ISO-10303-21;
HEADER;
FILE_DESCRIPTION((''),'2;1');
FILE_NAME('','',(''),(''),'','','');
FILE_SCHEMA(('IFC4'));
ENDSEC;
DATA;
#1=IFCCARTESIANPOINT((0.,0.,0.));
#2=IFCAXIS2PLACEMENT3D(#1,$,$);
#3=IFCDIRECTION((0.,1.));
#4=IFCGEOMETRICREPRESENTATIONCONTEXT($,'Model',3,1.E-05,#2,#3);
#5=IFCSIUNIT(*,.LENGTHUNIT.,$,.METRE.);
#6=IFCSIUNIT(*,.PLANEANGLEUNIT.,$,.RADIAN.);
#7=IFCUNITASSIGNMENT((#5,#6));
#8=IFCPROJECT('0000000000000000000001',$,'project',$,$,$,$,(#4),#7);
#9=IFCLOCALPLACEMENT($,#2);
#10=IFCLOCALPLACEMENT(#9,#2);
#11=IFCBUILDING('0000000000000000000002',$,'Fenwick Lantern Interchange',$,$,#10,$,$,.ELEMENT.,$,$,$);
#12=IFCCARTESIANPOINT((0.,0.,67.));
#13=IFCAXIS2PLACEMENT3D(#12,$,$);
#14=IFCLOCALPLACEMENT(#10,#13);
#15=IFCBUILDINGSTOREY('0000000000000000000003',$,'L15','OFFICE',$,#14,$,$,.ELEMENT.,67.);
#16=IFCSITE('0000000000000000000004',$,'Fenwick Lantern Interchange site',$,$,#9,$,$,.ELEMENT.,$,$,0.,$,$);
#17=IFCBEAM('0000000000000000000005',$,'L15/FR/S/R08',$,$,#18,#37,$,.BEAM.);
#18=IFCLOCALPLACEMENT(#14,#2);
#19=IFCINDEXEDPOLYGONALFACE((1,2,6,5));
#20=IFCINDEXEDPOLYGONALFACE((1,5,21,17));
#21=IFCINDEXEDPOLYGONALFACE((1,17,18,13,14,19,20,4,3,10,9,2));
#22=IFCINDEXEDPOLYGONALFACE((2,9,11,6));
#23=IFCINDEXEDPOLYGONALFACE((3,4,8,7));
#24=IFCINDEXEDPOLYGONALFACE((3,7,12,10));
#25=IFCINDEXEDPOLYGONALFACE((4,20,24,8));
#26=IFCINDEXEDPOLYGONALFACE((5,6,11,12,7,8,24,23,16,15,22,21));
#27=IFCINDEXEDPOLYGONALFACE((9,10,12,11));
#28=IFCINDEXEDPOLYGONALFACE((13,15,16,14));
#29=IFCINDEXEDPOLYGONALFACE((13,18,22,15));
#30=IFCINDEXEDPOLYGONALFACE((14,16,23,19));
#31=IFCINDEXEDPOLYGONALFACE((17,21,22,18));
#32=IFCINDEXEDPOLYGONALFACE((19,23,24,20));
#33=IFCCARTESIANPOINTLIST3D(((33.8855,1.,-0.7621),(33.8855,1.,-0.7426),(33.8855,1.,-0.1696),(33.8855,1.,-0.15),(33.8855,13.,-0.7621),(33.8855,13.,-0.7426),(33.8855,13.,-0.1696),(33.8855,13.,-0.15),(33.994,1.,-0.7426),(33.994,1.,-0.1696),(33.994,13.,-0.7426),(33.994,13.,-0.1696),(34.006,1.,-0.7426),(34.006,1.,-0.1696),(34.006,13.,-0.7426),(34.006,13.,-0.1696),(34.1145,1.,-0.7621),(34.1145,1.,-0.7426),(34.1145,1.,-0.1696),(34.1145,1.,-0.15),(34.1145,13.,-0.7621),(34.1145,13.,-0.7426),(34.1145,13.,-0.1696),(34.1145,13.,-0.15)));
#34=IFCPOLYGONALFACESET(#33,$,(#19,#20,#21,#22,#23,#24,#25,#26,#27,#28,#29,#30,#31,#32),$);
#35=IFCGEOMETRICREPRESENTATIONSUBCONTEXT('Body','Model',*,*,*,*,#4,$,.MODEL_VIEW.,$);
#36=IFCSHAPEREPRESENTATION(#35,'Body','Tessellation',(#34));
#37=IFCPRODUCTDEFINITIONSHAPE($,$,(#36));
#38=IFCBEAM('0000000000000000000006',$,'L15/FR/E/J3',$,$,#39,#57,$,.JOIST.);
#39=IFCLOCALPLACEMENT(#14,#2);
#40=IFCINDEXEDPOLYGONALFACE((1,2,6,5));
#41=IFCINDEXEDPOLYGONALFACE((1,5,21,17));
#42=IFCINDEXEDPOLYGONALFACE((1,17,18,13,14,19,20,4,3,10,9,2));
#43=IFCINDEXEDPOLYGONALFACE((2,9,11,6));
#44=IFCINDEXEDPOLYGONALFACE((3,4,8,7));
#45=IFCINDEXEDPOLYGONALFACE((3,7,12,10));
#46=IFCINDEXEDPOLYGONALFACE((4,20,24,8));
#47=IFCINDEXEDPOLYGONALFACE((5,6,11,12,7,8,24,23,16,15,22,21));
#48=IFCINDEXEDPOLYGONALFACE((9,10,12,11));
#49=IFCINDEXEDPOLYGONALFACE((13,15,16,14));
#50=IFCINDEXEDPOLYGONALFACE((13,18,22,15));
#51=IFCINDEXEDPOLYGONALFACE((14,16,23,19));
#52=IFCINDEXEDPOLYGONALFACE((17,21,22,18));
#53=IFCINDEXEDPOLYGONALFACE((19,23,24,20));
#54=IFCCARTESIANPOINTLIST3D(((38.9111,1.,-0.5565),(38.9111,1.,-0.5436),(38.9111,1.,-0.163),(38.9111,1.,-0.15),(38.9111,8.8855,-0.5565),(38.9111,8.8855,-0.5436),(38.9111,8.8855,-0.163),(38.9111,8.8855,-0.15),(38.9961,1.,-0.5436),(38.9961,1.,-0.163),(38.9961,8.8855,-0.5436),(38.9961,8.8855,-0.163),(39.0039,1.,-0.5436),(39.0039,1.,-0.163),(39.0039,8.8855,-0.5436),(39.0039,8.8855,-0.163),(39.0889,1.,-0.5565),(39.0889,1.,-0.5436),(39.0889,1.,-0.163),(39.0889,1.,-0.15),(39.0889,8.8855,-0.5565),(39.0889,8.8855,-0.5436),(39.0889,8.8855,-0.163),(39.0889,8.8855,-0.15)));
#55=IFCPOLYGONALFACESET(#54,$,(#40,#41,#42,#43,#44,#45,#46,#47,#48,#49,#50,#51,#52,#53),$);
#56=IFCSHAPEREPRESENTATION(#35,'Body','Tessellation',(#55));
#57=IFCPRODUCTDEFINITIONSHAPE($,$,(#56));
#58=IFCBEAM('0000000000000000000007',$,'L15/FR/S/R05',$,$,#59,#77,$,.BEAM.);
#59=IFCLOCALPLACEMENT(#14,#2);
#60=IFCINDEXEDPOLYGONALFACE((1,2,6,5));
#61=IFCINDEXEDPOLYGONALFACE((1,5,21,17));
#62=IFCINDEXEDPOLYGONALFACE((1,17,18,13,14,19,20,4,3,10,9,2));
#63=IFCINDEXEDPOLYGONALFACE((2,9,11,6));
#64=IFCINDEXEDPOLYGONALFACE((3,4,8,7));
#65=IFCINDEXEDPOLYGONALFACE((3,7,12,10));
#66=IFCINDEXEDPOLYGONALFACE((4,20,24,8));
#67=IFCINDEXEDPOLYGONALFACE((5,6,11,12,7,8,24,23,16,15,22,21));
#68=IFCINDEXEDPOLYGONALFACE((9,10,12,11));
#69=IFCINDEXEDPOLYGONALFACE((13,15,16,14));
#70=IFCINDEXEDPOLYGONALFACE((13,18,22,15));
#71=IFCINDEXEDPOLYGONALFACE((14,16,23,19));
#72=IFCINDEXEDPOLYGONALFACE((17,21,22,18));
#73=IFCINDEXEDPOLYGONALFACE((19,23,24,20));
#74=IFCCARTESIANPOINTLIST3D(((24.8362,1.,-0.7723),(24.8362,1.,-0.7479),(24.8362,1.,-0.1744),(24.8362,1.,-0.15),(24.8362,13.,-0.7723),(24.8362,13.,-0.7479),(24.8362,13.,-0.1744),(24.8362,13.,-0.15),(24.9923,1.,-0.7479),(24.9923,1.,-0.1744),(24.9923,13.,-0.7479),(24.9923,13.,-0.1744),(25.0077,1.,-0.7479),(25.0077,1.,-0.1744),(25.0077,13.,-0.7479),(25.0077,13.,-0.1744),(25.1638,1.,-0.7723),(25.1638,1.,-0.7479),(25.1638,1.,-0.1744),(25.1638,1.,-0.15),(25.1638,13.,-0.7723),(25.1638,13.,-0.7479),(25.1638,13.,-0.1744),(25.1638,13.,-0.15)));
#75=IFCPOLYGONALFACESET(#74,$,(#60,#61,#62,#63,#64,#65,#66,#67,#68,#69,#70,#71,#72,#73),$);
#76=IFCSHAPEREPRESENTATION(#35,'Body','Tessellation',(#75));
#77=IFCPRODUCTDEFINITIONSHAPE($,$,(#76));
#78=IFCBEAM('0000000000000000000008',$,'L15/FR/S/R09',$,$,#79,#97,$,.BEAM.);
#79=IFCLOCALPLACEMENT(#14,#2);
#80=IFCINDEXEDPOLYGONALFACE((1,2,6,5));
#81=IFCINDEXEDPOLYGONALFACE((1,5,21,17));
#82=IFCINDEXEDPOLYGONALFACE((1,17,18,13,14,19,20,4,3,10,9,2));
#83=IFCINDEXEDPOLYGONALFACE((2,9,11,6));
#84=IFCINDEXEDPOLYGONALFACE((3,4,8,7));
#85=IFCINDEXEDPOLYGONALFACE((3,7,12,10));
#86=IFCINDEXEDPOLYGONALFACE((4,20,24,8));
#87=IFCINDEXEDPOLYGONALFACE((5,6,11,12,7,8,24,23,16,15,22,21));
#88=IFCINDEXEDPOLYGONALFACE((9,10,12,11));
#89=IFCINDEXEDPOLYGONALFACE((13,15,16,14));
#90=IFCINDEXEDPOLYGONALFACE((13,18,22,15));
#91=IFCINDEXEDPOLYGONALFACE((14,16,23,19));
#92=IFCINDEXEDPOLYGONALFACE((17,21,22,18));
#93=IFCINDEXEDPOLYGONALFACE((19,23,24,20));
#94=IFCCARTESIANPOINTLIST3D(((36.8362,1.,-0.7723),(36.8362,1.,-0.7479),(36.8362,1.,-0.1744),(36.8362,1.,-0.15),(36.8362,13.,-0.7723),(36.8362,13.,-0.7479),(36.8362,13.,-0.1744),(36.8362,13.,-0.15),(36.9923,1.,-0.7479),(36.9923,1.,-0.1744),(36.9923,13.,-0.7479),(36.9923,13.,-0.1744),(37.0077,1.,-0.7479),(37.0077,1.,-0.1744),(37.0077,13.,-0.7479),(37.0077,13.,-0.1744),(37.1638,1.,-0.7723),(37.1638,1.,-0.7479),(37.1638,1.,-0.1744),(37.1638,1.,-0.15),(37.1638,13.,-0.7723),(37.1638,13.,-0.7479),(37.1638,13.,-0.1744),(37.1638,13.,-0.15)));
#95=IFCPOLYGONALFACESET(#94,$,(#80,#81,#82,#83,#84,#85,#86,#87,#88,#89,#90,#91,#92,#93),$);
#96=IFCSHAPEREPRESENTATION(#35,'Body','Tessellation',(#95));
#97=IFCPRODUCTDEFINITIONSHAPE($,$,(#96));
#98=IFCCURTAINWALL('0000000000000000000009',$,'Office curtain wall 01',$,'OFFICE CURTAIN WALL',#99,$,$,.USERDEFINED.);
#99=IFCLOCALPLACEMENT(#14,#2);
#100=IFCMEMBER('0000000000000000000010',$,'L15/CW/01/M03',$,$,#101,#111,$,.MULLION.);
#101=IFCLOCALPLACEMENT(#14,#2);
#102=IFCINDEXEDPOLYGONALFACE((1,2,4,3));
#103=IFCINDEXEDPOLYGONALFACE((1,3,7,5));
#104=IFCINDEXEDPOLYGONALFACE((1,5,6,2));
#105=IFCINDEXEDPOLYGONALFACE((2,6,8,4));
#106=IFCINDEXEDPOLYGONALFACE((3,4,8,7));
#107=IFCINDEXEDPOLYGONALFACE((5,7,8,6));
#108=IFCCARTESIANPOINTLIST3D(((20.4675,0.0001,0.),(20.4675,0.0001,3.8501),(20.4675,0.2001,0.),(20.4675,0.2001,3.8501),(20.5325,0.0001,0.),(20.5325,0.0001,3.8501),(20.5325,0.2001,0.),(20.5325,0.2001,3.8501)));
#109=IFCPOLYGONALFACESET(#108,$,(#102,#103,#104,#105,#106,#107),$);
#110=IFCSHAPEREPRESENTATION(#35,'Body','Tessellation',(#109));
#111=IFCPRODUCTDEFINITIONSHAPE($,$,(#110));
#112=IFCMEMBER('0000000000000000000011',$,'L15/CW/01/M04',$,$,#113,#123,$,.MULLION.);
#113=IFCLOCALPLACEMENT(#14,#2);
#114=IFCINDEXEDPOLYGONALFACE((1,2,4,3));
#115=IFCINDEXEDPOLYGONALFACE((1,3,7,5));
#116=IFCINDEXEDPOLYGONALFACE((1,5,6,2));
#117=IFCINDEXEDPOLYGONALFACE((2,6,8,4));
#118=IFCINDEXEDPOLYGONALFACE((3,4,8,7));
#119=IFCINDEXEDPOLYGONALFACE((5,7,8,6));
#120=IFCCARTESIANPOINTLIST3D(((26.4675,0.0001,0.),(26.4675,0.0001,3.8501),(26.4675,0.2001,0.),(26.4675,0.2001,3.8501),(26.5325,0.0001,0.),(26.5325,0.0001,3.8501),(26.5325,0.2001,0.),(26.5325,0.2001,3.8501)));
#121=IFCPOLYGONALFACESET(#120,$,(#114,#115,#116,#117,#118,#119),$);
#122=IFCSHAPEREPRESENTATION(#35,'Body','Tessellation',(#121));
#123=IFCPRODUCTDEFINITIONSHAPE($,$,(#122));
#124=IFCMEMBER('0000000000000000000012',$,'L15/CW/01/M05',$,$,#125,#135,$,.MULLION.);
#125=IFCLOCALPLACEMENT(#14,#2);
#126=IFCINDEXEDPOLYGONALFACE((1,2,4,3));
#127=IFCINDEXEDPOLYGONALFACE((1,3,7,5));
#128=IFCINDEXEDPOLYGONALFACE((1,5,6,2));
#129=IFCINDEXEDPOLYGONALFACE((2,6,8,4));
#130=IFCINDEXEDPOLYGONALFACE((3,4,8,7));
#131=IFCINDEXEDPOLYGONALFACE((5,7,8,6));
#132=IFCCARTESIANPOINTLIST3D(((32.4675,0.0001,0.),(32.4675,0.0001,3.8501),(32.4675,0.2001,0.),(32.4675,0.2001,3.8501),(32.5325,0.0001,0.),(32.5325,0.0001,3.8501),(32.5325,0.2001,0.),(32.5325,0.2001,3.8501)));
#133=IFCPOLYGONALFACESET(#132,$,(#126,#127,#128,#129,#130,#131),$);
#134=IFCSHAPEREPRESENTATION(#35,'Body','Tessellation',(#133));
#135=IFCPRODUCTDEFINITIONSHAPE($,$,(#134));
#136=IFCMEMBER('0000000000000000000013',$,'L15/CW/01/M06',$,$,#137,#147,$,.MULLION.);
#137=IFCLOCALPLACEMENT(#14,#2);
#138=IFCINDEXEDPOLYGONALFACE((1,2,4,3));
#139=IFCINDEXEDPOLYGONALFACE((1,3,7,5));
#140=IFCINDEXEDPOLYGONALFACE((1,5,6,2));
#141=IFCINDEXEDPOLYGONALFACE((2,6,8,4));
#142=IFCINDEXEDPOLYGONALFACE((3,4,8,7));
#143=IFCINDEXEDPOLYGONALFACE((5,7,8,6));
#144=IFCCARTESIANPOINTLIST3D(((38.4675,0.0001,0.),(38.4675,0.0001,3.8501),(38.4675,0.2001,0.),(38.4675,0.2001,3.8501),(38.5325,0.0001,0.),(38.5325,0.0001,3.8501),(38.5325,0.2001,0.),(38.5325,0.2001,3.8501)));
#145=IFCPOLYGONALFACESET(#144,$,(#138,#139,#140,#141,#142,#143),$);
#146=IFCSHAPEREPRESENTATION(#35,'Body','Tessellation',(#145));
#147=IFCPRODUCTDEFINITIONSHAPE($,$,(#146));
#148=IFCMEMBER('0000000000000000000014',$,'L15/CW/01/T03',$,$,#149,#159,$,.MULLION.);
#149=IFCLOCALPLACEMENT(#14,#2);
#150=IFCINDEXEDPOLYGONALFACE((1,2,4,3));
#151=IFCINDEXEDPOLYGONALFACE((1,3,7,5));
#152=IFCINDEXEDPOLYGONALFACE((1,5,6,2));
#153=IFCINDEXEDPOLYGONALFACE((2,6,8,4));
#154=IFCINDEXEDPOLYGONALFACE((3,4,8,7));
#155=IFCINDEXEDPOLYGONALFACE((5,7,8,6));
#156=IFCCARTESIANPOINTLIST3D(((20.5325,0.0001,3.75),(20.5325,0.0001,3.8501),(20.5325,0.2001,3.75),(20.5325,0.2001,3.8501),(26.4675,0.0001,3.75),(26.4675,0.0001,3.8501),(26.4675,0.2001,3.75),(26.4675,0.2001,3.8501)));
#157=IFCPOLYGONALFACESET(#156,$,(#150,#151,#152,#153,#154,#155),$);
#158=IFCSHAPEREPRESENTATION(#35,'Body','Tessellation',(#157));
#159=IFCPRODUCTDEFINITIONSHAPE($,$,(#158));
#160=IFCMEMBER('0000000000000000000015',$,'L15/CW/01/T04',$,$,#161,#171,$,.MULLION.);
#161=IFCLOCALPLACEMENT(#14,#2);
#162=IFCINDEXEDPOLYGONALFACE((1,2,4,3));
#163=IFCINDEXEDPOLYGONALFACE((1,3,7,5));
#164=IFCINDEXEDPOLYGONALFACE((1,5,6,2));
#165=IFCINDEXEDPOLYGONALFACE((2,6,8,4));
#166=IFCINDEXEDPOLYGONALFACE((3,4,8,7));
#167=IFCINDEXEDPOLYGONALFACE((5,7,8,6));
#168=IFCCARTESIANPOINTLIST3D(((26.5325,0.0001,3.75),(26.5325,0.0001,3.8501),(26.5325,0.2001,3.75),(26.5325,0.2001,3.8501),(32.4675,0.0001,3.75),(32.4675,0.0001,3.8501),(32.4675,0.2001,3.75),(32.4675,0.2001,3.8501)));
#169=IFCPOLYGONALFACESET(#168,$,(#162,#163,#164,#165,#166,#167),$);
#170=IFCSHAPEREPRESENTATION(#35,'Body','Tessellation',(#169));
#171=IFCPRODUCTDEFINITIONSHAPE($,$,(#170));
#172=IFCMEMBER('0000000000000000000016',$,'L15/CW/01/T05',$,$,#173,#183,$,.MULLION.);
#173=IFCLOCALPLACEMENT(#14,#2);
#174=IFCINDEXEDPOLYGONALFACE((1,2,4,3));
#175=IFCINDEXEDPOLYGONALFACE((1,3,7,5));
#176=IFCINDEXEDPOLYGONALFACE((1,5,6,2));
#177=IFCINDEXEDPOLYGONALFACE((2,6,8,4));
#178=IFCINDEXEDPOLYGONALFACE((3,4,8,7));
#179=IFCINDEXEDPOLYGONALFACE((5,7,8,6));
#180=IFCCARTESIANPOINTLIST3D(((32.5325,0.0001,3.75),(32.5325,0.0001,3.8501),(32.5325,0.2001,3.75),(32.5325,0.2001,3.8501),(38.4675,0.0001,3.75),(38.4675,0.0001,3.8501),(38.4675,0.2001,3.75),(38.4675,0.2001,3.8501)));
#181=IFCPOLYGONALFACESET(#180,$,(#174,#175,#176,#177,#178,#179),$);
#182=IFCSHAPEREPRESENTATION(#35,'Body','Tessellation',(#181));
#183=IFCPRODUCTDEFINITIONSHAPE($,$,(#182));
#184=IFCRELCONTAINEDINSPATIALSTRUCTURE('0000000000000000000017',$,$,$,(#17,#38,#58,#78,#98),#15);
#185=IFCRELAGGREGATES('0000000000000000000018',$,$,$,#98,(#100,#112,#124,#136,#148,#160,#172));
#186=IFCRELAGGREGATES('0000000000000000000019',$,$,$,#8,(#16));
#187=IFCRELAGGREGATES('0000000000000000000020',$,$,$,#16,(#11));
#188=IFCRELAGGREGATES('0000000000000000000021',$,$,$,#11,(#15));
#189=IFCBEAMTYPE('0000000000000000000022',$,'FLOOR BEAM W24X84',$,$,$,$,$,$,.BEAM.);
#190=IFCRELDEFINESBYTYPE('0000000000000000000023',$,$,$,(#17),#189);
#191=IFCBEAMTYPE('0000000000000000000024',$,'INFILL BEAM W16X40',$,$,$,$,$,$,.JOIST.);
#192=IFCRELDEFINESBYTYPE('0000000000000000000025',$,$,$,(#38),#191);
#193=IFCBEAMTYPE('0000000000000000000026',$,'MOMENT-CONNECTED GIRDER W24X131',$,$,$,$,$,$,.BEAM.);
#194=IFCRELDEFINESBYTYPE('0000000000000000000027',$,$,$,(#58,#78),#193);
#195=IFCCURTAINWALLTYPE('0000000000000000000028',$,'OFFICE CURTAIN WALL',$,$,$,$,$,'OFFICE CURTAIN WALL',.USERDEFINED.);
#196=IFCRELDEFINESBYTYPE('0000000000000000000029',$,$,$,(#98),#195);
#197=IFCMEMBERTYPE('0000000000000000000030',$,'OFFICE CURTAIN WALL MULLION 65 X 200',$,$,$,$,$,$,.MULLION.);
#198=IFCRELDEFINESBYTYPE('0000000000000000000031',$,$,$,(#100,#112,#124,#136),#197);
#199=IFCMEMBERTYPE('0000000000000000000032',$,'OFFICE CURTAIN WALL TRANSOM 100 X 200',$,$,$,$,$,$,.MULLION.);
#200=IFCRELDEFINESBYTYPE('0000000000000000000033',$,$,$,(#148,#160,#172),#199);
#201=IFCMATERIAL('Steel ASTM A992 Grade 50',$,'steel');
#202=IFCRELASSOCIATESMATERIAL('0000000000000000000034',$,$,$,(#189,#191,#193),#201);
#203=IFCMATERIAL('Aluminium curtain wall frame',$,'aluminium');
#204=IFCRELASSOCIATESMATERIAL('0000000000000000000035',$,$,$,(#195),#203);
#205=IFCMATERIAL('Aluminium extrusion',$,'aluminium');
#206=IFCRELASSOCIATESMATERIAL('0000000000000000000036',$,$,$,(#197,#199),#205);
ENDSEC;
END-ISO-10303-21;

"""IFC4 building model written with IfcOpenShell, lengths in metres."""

from ifc_helpers import new_model, si_unit, direction, frame, origin, origin_2d, place, context, subcontext, project, spatial, rectangle, i_section, extrude, material, material_profile, profile_set, type_object, element, aggregate, save


model = new_model("IFC4")

# Units and contexts
model_context = context("Model", 3, precision=1e-05, world=origin(), true_north=direction((0.0, 1.0)))
body_context = subcontext(model_context, "Body", "Model", "MODEL_VIEW")
ifc_project = project(units=[si_unit("LENGTHUNIT", "METRE"), si_unit("PLANEANGLEUNIT", "RADIAN")], contexts=[model_context])

# Site, building, storey
site_placement = place(None, origin())
site = spatial("IfcSite", under=ifc_project, at=site_placement, Name="Fenwick Lantern Interchange site", CompositionType="ELEMENT", RefElevation=0.0)
building_placement = place(site_placement, origin())
building = spatial("IfcBuilding", under=site, at=building_placement, Name="Fenwick Lantern Interchange", CompositionType="ELEMENT")
storey_placement = place(building_placement, frame((0.0, 0.0, 67.0)))
storey = spatial("IfcBuildingStorey", under=building, at=storey_placement, Name="L15", Description="OFFICE", CompositionType="ELEMENT", Elevation=67.0)

# Shared definitions
ifc_material_1 = material(Name="Steel ASTM A992 Grade 50", Category="steel")

# Beams
ifc_material_profile_1 = material_profile(ifc_material_1, i_section(OverallWidth=0.229, OverallDepth=0.6121, WebThickness=0.012, FlangeThickness=0.0195, at=origin_2d()), Name="W24X84")
ifc_profile_set_1 = profile_set([ifc_material_profile_1], Name="Steel ASTM A992 Grade 50")
beam_type_1 = type_object("IfcBeamType", Name="FLOOR BEAM W24X84", PredefinedType="BEAM", material=ifc_profile_set_1)
for number, where, z_axis, x_axis, name in (
    (1, (34.0, 1.0, -0.4561), (0.0, 1.0, 0.0), (-1.0, 0.0, 0.0), "L15/FR/S/R08"),
):
    element("IfcBeam", number, at=place(storey_placement, frame(where, z_axis=z_axis, x_axis=x_axis)), inside=storey, type_object=beam_type_1, Name=name, PredefinedType="BEAM", context=body_context, shape_type="SweptSolid", body=[
        extrude(i_section(OverallWidth=0.229, OverallDepth=0.6121, WebThickness=0.012, FlangeThickness=0.0195, at=origin_2d()), origin(), (0.0, 0.0, 1.0), 12.0),
    ])
ifc_material_profile_2 = material_profile(ifc_material_1, i_section(OverallWidth=0.1777, OverallDepth=0.4065, WebThickness=0.0078, FlangeThickness=0.0129, at=origin_2d()), Name="W16X40")
ifc_profile_set_2 = profile_set([ifc_material_profile_2], Name="Steel ASTM A992 Grade 50")
beam_type_2 = type_object("IfcBeamType", Name="INFILL BEAM W16X40", PredefinedType="JOIST", material=ifc_profile_set_2)
beam_1_placement = place(storey_placement, frame((39.0, 1.0, -0.3533), z_axis=(0.0, 1.0, 0.0), x_axis=(-1.0, 0.0, 0.0)))
element("IfcBeam", 2, at=beam_1_placement, inside=storey, type_object=beam_type_2, Name="L15/FR/E/J3", PredefinedType="JOIST", context=body_context, shape_type="SweptSolid", body=[
    extrude(i_section(OverallWidth=0.1777, OverallDepth=0.4065, WebThickness=0.0078, FlangeThickness=0.0129, at=origin_2d()), origin(), (0.0, 0.0, 1.0), 7.8855),
])
ifc_material_profile_3 = material_profile(ifc_material_1, i_section(OverallWidth=0.3276, OverallDepth=0.6223, WebThickness=0.0154, FlangeThickness=0.0244, at=origin_2d()), Name="W24X131")
ifc_profile_set_3 = profile_set([ifc_material_profile_3], Name="Steel ASTM A992 Grade 50")
beam_type_3 = type_object("IfcBeamType", Name="MOMENT-CONNECTED GIRDER W24X131", PredefinedType="BEAM", material=ifc_profile_set_3)
for number, where, z_axis, x_axis, name in (
    (3, (25.0, 1.0, -0.4612), (0.0, 1.0, 0.0), (-1.0, 0.0, 0.0), "L15/FR/S/R05"),
    (4, (37.0, 1.0, -0.4612), (0.0, 1.0, 0.0), (-1.0, 0.0, 0.0), "L15/FR/S/R09"),
):
    element("IfcBeam", number, at=place(storey_placement, frame(where, z_axis=z_axis, x_axis=x_axis)), inside=storey, type_object=beam_type_3, Name=name, PredefinedType="BEAM", context=body_context, shape_type="SweptSolid", body=[
        extrude(i_section(OverallWidth=0.3276, OverallDepth=0.6223, WebThickness=0.0154, FlangeThickness=0.0244, at=origin_2d()), origin(), (0.0, 0.0, 1.0), 12.0),
    ])

# Curtain wall, members
ifc_material_2 = material(Name="Aluminium curtain wall frame", Category="aluminium")
curtain_wall_type = type_object("IfcCurtainWallType", Name="OFFICE CURTAIN WALL", ElementType="OFFICE CURTAIN WALL", PredefinedType="USERDEFINED", material=ifc_material_2)
curtain_wall_placement = place(storey_placement, origin())
curtain_wall = element("IfcCurtainWall", 5, at=curtain_wall_placement, inside=storey, type_object=curtain_wall_type, Name="Office curtain wall 01", ObjectType="OFFICE CURTAIN WALL", PredefinedType="USERDEFINED")
ifc_material_3 = material(Name="Aluminium extrusion", Category="aluminium")
ifc_material_profile_4 = material_profile(ifc_material_3, rectangle(XDim=0.2, YDim=0.0649, at=origin_2d()), Name="OFFICE CURTAIN WALL MULLION 65 X 200")
ifc_profile_set_4 = profile_set([ifc_material_profile_4], Name="Aluminium extrusion")
member_type_1 = type_object("IfcMemberType", Name="OFFICE CURTAIN WALL MULLION 65 X 200", PredefinedType="MULLION", material=ifc_profile_set_4)
member_1_placement = place(storey_placement, frame((20.5, 0.1001, 0.0), z_axis=(0.0, 0.0, 1.0), x_axis=(0.0, 1.0, 0.0)))
member_1 = element("IfcMember", 6, at=member_1_placement, type_object=member_type_1, Name="L15/CW/01/M03", PredefinedType="MULLION", context=body_context, shape_type="SweptSolid", body=[
    extrude(rectangle(XDim=0.2, YDim=0.0649, at=origin_2d()), origin(), (0.0, 0.0, 1.0), 3.8501),
])
member_2_placement = place(storey_placement, frame((26.5, 0.1001, 0.0), z_axis=(0.0, 0.0, 1.0), x_axis=(0.0, 1.0, 0.0)))
member_2 = element("IfcMember", 7, at=member_2_placement, type_object=member_type_1, Name="L15/CW/01/M04", PredefinedType="MULLION", context=body_context, shape_type="SweptSolid", body=[
    extrude(rectangle(XDim=0.2, YDim=0.0649, at=origin_2d()), origin(), (0.0, 0.0, 1.0), 3.8501),
])
member_3_placement = place(storey_placement, frame((32.5, 0.1001, 0.0), z_axis=(0.0, 0.0, 1.0), x_axis=(0.0, 1.0, 0.0)))
member_3 = element("IfcMember", 8, at=member_3_placement, type_object=member_type_1, Name="L15/CW/01/M05", PredefinedType="MULLION", context=body_context, shape_type="SweptSolid", body=[
    extrude(rectangle(XDim=0.2, YDim=0.0649, at=origin_2d()), origin(), (0.0, 0.0, 1.0), 3.8501),
])
member_4_placement = place(storey_placement, frame((38.5, 0.1001, 0.0), z_axis=(0.0, 0.0, 1.0), x_axis=(0.0, 1.0, 0.0)))
member_4 = element("IfcMember", 9, at=member_4_placement, type_object=member_type_1, Name="L15/CW/01/M06", PredefinedType="MULLION", context=body_context, shape_type="SweptSolid", body=[
    extrude(rectangle(XDim=0.2, YDim=0.0649, at=origin_2d()), origin(), (0.0, 0.0, 1.0), 3.8501),
])
ifc_material_profile_5 = material_profile(ifc_material_3, rectangle(XDim=0.2, YDim=0.1001, at=origin_2d()), Name="OFFICE CURTAIN WALL TRANSOM 100 X 200")
ifc_profile_set_5 = profile_set([ifc_material_profile_5], Name="Aluminium extrusion")
member_type_2 = type_object("IfcMemberType", Name="OFFICE CURTAIN WALL TRANSOM 100 X 200", PredefinedType="MULLION", material=ifc_profile_set_5)
member_5_placement = place(storey_placement, frame((20.5325, 0.1001, 3.8), z_axis=(1.0, 0.0, 0.0), x_axis=(0.0, 1.0, 0.0)))
member_5 = element("IfcMember", 10, at=member_5_placement, type_object=member_type_2, Name="L15/CW/01/T03", PredefinedType="MULLION", context=body_context, shape_type="SweptSolid", body=[
    extrude(rectangle(XDim=0.2, YDim=0.1001, at=origin_2d()), origin(), (0.0, 0.0, 1.0), 5.9351),
])
member_6_placement = place(storey_placement, frame((26.5325, 0.1001, 3.8), z_axis=(1.0, 0.0, 0.0), x_axis=(0.0, 1.0, 0.0)))
member_6 = element("IfcMember", 11, at=member_6_placement, type_object=member_type_2, Name="L15/CW/01/T04", PredefinedType="MULLION", context=body_context, shape_type="SweptSolid", body=[
    extrude(rectangle(XDim=0.2, YDim=0.1001, at=origin_2d()), origin(), (0.0, 0.0, 1.0), 5.9351),
])
member_7_placement = place(storey_placement, frame((32.5325, 0.1001, 3.8), z_axis=(1.0, 0.0, 0.0), x_axis=(0.0, 1.0, 0.0)))
member_7 = element("IfcMember", 12, at=member_7_placement, type_object=member_type_2, Name="L15/CW/01/T05", PredefinedType="MULLION", context=body_context, shape_type="SweptSolid", body=[
    extrude(rectangle(XDim=0.2, YDim=0.1001, at=origin_2d()), origin(), (0.0, 0.0, 1.0), 5.9351),
])
aggregate(curtain_wall, [member_1, member_2, member_3, member_4, member_5, member_6, member_7])

save(model, "model.ifc")
